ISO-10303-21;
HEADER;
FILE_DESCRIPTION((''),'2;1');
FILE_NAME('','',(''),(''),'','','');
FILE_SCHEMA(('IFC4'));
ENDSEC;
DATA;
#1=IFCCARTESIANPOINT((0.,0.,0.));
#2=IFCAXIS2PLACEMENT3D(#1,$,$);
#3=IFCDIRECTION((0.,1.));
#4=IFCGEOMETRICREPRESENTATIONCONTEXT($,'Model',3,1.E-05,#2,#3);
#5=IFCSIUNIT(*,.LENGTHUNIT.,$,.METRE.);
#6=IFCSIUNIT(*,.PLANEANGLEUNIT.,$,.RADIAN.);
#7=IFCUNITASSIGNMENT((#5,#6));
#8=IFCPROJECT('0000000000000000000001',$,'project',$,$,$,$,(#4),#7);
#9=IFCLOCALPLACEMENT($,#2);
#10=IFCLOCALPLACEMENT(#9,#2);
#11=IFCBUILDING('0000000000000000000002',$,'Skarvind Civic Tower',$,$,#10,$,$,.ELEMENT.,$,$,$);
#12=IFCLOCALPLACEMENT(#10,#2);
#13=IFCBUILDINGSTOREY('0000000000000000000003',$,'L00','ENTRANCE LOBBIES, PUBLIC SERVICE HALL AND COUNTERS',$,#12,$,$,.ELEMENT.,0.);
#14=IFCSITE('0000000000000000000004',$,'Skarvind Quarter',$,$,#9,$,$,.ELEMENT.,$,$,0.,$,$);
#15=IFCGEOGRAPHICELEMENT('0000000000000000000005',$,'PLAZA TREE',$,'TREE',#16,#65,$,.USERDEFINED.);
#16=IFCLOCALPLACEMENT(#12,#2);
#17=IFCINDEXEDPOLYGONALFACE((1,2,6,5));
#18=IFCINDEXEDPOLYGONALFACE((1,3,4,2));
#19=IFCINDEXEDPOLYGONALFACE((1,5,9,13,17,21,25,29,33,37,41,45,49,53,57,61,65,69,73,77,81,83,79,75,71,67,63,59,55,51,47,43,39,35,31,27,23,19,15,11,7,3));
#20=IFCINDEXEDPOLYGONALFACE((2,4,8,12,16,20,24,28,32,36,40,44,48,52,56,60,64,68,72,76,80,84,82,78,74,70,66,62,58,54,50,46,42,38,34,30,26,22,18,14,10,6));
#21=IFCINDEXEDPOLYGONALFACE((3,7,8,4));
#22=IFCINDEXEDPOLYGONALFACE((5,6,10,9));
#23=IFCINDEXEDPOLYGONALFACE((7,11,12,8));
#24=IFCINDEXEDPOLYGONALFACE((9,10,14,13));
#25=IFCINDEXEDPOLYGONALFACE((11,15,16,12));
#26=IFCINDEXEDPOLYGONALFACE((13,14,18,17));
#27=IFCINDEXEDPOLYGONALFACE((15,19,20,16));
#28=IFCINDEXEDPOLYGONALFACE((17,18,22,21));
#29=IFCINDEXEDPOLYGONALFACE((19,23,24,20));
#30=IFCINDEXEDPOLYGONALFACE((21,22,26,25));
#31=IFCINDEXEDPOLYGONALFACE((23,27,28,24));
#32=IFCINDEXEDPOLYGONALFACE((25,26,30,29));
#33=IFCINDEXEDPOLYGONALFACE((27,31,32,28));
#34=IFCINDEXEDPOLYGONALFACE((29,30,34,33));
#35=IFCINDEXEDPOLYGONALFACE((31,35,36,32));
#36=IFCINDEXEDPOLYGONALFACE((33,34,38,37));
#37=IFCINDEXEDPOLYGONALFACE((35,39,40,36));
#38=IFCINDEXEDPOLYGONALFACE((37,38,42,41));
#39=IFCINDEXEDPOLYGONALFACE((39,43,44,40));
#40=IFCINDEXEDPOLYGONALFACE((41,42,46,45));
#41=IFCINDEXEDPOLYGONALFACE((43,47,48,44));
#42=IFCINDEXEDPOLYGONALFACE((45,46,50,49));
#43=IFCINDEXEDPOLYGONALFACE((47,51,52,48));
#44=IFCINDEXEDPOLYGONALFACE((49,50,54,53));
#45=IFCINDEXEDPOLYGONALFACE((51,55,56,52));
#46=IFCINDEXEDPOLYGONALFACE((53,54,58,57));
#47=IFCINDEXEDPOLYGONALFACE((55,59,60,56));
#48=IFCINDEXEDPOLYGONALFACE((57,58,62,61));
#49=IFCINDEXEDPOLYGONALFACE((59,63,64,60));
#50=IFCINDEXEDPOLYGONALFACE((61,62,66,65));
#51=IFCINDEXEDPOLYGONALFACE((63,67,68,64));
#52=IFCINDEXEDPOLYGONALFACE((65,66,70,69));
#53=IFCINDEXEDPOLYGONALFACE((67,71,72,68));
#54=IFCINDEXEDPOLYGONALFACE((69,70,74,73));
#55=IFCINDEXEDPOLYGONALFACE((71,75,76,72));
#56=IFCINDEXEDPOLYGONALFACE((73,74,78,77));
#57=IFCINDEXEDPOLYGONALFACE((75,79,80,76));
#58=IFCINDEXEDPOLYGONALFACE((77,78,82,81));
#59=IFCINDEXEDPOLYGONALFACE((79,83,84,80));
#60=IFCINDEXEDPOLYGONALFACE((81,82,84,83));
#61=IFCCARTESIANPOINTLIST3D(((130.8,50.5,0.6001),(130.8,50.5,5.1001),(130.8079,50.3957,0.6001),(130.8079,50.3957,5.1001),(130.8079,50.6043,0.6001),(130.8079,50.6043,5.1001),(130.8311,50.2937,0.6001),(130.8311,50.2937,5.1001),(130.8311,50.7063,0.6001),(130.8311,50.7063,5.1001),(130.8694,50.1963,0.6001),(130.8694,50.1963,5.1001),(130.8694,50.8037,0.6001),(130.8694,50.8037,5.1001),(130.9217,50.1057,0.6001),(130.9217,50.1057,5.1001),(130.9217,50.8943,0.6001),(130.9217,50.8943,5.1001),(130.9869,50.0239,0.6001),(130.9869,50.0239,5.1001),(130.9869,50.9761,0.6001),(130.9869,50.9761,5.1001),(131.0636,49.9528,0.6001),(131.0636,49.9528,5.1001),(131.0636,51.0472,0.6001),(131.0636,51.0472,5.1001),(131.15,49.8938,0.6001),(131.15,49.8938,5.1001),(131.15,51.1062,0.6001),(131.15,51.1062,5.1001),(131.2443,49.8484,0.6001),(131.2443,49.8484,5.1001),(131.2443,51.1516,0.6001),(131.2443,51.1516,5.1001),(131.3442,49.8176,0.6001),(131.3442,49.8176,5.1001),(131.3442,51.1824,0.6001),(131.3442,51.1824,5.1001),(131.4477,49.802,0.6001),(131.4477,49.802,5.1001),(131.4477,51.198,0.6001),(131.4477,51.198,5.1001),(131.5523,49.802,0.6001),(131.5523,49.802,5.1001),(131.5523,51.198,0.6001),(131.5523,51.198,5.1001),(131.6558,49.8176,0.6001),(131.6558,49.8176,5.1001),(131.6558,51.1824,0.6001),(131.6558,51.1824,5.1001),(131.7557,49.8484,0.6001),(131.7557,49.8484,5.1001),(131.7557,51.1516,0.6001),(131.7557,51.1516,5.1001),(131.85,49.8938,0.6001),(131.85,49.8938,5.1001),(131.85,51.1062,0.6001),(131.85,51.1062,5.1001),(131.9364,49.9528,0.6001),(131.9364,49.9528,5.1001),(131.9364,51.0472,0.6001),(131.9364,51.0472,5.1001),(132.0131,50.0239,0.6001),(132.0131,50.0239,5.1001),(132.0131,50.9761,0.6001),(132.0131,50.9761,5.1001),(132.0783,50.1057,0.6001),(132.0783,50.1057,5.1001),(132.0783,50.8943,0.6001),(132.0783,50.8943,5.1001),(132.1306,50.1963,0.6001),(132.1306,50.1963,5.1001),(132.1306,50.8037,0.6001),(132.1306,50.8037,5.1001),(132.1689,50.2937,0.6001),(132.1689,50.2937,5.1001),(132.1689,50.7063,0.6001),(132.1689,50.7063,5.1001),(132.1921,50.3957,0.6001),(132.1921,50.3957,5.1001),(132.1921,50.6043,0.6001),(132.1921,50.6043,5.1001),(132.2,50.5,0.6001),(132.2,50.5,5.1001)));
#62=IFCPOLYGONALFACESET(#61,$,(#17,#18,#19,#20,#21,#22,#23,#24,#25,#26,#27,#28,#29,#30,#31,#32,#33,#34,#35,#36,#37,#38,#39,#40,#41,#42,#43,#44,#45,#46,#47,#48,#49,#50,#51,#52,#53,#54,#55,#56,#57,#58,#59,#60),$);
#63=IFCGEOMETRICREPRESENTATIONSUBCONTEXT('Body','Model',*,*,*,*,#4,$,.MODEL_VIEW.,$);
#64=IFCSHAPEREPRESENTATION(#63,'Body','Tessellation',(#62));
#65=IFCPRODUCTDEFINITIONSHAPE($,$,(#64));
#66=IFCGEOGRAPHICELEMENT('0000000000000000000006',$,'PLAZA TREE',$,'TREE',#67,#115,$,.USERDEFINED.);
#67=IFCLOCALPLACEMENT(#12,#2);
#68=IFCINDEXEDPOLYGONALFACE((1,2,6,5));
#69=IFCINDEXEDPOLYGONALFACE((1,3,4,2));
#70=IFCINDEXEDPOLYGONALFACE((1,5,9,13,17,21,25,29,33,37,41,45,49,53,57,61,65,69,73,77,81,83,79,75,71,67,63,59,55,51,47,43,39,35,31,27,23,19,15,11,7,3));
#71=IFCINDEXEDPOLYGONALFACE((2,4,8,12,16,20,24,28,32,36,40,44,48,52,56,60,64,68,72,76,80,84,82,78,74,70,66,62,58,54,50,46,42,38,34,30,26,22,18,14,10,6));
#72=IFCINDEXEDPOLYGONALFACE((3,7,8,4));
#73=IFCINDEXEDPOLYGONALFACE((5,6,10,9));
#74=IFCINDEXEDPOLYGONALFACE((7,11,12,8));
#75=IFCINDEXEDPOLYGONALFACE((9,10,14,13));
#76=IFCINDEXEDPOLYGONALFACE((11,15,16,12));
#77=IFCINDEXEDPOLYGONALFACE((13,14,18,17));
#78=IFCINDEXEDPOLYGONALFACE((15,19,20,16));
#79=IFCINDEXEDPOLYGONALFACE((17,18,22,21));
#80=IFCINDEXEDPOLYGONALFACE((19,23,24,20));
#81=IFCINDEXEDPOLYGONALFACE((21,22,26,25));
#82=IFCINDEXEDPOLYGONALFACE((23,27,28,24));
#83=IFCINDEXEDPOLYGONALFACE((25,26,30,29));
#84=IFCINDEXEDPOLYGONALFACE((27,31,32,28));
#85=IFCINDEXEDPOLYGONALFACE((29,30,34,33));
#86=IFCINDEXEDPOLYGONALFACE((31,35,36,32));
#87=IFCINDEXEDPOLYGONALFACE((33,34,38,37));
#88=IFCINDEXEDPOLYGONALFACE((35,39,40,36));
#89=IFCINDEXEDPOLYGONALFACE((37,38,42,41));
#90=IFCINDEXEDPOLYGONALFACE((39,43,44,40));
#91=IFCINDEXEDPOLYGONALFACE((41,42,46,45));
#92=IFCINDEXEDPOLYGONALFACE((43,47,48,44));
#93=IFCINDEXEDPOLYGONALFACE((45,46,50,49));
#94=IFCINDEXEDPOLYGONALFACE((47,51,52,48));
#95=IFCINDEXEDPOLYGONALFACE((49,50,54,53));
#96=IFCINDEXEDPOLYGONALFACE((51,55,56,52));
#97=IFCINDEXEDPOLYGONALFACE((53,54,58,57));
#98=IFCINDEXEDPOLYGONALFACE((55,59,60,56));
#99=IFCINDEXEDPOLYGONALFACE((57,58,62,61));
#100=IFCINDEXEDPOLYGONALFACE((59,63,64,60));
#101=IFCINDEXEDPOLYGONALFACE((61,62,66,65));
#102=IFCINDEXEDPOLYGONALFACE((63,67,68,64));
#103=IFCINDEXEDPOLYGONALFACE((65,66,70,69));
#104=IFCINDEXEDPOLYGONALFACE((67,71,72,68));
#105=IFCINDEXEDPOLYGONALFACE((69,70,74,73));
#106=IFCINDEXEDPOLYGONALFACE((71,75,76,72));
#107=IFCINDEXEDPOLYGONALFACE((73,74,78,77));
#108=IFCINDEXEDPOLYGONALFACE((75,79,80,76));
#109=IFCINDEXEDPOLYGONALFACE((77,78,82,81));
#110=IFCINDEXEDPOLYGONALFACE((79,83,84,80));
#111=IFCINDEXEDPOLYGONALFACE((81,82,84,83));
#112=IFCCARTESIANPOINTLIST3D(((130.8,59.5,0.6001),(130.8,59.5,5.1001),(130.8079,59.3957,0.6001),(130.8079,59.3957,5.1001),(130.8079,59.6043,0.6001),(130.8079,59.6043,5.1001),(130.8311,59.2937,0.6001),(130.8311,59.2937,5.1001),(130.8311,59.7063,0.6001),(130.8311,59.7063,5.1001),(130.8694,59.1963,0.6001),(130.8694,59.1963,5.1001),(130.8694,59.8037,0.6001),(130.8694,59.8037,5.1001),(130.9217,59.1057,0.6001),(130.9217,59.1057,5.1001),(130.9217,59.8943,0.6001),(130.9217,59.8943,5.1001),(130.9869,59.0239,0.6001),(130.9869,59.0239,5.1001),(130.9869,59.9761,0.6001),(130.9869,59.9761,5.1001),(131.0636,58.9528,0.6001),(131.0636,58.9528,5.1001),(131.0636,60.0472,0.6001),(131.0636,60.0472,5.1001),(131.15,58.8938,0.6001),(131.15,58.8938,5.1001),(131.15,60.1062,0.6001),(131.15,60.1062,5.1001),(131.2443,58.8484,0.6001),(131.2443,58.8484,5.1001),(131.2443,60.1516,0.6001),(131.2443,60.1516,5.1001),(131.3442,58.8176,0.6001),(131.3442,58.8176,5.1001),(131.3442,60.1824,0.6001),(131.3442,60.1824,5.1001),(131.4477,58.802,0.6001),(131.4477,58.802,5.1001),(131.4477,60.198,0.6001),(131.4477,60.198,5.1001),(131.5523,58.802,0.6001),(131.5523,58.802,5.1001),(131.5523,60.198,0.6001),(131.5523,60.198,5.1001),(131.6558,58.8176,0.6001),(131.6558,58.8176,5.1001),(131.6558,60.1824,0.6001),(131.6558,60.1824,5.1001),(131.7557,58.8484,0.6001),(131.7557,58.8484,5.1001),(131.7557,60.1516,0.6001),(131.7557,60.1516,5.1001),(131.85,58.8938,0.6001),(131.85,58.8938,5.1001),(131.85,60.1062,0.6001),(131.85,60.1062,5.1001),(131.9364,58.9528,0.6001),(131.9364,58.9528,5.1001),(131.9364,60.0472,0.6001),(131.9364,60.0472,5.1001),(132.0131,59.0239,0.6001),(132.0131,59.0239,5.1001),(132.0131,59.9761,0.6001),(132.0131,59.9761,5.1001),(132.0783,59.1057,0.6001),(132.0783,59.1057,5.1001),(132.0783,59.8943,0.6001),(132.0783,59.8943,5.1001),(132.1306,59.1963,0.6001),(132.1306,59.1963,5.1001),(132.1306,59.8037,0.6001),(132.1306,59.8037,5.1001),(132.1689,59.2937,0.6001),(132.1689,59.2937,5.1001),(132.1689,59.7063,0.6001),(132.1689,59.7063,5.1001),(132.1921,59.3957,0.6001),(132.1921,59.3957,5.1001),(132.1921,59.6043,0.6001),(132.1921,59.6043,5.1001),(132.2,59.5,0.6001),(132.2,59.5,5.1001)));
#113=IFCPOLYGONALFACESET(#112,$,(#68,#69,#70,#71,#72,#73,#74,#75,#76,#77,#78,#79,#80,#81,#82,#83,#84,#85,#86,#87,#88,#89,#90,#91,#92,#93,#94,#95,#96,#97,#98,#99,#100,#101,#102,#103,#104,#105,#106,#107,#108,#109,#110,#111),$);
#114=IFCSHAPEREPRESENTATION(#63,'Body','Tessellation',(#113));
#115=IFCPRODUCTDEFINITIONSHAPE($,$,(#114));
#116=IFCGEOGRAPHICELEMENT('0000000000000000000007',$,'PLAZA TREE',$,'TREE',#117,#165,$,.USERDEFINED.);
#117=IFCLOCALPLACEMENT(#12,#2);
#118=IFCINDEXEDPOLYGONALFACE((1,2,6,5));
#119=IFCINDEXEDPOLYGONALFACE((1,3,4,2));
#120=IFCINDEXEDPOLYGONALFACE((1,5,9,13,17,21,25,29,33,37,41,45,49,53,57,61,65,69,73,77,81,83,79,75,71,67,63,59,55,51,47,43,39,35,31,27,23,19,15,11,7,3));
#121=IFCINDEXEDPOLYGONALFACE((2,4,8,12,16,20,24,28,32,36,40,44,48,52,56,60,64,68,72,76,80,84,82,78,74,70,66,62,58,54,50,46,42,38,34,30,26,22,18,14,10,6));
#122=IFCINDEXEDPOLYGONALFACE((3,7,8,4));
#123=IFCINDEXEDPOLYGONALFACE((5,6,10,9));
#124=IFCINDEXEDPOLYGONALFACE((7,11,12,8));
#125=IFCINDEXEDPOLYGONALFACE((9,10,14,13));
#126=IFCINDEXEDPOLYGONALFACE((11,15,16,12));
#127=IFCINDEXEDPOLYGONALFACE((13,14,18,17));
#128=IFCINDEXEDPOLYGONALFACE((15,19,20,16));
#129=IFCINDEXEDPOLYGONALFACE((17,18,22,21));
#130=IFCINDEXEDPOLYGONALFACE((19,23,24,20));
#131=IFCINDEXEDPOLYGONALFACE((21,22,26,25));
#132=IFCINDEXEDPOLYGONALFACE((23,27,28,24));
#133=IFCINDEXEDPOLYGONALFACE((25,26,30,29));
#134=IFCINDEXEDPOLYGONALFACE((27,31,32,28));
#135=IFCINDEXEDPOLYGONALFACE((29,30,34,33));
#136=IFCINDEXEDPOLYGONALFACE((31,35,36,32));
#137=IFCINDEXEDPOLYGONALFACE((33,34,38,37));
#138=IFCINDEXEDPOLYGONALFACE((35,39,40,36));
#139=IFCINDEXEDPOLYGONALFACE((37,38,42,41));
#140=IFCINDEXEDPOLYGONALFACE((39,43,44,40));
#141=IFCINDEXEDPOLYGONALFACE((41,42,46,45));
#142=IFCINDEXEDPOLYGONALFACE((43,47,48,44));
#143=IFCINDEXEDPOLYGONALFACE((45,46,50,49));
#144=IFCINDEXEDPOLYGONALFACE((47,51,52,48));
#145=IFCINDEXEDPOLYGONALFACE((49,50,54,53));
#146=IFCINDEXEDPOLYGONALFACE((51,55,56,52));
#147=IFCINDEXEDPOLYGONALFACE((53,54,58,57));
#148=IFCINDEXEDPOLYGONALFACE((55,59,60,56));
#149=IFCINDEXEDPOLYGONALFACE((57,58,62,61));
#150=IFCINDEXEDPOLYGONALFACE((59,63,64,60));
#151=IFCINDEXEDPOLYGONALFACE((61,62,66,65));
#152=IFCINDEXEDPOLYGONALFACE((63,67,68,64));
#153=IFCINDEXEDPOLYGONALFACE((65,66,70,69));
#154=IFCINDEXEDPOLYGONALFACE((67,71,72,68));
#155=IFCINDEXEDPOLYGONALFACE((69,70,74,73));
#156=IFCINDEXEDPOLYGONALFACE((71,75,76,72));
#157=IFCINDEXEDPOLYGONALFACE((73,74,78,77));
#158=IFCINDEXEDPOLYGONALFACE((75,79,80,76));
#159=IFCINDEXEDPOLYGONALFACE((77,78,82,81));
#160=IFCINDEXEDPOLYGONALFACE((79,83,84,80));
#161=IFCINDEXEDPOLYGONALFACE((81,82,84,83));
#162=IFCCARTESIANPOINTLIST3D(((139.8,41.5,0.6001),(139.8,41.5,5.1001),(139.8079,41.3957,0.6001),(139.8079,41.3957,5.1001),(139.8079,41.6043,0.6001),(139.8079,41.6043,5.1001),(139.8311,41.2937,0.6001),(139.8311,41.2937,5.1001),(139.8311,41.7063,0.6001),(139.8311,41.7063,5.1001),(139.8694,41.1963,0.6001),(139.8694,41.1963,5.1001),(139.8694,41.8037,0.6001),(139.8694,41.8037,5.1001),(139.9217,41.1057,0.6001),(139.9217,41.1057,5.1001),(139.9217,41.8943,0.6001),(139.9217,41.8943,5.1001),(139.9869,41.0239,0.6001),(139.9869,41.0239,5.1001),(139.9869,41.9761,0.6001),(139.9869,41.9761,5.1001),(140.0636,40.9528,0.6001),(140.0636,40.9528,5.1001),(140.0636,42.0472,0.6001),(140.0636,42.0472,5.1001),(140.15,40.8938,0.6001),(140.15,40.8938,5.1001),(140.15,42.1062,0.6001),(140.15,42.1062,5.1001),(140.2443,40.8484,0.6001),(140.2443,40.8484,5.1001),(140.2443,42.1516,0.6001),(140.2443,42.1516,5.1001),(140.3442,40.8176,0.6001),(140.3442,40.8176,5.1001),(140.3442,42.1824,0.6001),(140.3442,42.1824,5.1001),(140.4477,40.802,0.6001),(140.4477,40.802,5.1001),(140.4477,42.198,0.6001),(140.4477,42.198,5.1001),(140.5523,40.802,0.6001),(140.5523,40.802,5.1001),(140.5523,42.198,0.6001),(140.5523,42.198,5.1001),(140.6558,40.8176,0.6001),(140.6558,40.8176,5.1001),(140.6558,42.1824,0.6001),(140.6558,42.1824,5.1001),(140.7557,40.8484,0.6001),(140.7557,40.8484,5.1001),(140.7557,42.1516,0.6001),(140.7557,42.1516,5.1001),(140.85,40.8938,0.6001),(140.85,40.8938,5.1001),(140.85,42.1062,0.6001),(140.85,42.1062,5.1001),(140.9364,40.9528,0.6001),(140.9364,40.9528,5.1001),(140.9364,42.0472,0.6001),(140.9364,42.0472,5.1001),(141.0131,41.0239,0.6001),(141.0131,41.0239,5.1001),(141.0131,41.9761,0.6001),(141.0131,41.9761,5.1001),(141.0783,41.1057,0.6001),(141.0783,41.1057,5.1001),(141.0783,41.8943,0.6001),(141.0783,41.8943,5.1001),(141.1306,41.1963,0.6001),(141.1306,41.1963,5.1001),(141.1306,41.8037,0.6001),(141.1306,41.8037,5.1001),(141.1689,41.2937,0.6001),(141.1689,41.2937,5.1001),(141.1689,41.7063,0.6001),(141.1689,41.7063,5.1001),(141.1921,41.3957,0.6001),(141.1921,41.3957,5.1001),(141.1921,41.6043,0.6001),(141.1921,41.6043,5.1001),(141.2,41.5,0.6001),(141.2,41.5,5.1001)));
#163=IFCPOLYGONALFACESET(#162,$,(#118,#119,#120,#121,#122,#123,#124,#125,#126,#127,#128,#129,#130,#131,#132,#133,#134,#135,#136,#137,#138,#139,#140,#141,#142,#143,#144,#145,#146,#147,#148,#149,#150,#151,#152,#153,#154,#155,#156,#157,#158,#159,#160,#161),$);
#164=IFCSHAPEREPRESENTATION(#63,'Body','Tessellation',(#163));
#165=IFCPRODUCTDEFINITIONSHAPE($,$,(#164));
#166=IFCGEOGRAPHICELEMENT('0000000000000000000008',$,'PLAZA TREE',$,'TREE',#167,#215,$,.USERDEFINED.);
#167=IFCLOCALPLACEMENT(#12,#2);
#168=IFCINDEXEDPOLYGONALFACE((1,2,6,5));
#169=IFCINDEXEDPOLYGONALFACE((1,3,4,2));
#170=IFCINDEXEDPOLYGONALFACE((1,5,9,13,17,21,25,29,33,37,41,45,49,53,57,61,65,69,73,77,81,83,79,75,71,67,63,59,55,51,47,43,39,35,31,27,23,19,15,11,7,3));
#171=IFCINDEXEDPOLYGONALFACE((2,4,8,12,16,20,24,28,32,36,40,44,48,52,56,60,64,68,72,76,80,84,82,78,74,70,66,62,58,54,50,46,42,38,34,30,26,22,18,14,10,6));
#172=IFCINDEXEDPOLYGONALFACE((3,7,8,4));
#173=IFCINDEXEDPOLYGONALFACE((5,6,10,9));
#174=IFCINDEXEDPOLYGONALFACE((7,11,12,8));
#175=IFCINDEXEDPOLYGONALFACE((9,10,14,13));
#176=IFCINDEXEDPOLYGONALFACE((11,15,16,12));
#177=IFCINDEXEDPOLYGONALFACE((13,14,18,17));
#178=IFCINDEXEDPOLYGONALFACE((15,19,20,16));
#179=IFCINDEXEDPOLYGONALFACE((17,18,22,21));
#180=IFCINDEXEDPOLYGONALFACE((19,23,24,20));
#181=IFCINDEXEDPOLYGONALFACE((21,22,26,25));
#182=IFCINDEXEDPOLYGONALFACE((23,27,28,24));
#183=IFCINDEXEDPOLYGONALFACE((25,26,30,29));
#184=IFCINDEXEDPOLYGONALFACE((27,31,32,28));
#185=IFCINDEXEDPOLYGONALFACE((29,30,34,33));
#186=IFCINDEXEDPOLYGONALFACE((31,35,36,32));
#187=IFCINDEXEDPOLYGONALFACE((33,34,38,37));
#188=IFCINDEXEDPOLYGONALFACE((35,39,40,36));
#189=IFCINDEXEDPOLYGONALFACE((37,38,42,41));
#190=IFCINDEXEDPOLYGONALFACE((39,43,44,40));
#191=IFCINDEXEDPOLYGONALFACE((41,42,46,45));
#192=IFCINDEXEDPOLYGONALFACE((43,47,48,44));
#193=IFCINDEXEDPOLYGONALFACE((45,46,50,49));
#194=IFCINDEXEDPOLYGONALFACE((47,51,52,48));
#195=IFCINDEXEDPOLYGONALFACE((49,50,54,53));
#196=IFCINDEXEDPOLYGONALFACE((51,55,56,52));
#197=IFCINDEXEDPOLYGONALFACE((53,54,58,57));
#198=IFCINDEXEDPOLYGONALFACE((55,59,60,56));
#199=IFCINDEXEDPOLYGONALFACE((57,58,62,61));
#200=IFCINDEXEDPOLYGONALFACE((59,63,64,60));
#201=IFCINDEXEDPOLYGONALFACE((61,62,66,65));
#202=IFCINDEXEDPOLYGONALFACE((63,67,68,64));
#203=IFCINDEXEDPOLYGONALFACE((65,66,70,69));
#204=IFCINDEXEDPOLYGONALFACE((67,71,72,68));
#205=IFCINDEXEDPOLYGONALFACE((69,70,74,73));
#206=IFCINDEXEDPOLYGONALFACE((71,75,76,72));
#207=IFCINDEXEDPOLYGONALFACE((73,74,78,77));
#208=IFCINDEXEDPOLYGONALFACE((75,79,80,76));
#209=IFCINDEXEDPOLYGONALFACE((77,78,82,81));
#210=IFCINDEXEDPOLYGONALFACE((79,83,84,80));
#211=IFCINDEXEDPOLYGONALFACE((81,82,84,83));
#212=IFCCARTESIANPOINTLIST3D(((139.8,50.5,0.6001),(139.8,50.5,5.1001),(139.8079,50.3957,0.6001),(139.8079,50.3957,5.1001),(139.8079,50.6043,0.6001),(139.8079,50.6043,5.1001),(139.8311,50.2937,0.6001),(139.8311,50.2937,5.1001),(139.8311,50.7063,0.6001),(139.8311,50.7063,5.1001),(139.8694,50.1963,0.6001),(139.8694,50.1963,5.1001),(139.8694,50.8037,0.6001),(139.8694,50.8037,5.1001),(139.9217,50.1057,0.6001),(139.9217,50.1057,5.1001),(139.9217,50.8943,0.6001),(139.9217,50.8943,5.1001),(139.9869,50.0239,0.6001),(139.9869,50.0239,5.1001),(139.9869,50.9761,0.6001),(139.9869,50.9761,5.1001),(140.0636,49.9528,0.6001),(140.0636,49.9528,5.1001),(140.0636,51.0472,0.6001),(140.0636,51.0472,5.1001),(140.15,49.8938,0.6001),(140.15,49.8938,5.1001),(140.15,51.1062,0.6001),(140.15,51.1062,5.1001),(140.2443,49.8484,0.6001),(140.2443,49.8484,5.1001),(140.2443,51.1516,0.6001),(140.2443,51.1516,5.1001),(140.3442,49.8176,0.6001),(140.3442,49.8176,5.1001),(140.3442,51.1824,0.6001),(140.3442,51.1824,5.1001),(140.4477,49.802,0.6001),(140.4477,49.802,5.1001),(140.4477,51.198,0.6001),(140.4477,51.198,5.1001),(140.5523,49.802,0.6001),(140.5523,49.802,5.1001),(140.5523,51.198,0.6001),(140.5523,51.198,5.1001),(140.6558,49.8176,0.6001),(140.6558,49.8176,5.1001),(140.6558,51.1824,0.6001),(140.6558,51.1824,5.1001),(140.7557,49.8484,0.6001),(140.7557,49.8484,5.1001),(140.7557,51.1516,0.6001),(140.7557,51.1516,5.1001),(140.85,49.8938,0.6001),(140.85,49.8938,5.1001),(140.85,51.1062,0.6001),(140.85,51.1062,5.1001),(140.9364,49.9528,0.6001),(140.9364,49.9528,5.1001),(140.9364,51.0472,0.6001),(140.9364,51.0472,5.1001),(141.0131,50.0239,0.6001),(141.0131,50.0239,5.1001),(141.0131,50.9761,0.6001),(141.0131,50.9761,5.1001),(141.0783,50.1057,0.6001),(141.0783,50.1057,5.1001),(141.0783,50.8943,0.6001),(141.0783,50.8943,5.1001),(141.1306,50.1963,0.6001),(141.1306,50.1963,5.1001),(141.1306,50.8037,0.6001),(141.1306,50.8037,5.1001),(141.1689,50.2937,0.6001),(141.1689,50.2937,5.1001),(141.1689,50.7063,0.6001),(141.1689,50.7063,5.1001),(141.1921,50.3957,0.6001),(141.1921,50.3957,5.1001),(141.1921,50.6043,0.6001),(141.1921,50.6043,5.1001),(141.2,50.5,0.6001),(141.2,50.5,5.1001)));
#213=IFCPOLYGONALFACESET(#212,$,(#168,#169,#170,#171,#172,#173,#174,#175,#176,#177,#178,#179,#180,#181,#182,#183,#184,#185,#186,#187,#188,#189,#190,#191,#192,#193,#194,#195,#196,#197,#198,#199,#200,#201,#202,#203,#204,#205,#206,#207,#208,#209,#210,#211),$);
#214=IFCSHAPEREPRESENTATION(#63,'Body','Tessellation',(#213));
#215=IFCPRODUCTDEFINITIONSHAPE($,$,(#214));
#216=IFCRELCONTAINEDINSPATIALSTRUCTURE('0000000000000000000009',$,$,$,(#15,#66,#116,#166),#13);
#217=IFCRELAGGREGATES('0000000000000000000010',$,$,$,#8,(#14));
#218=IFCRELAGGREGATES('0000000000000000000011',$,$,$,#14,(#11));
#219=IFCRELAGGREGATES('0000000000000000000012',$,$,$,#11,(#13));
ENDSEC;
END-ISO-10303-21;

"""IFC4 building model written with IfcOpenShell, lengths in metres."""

from ifc_helpers import new_model, si_unit, direction, frame, origin, origin_2d, place, context, subcontext, project, spatial, circle, extrude, element, save


model = new_model("IFC4")

# Units and contexts
model_context = context("Model", 3, precision=1e-05, world=origin(), true_north=direction((0.0, 1.0)))
body_context = subcontext(model_context, "Body", "Model", "MODEL_VIEW")
ifc_project = project(units=[si_unit("LENGTHUNIT", "METRE"), si_unit("PLANEANGLEUNIT", "RADIAN")], contexts=[model_context])

# Site, building, storey
site_placement = place(None, origin())
site = spatial("IfcSite", under=ifc_project, at=site_placement, Name="Skarvind Quarter", CompositionType="ELEMENT", RefElevation=0.0)
building_placement = place(site_placement, origin())
building = spatial("IfcBuilding", under=site, at=building_placement, Name="Skarvind Civic Tower", CompositionType="ELEMENT")
storey_placement = place(building_placement, origin())
storey = spatial("IfcBuildingStorey", under=building, at=storey_placement, Name="L00", Description="ENTRANCE LOBBIES, PUBLIC SERVICE HALL AND COUNTERS", CompositionType="ELEMENT", Elevation=0.0)

# Geographic elements
for number, where, z_axis, x_axis, name in (
    (1, (131.5, 50.5, 0.6001), (0.0, 0.0, 1.0), (1.0, 0.0, 0.0), "PLAZA TREE"),
    (2, (131.5, 59.5, 0.6001), (0.0, 0.0, 1.0), (1.0, 0.0, 0.0), "PLAZA TREE"),
    (3, (140.5, 41.5, 0.6001), (0.0, 0.0, 1.0), (1.0, 0.0, 0.0), "PLAZA TREE"),
    (4, (140.5, 50.5, 0.6001), (0.0, 0.0, 1.0), (1.0, 0.0, 0.0), "PLAZA TREE"),
):
    element("IfcGeographicElement", number, at=place(storey_placement, frame(where, z_axis=z_axis, x_axis=x_axis)), inside=storey, Name=name, ObjectType="TREE", PredefinedType="USERDEFINED", context=body_context, shape_type="SweptSolid", body=[
        extrude(circle(Radius=0.7, at=origin_2d()), origin(), (0.0, 0.0, 1.0), 4.5),
    ])

save(model, "model.ifc")
